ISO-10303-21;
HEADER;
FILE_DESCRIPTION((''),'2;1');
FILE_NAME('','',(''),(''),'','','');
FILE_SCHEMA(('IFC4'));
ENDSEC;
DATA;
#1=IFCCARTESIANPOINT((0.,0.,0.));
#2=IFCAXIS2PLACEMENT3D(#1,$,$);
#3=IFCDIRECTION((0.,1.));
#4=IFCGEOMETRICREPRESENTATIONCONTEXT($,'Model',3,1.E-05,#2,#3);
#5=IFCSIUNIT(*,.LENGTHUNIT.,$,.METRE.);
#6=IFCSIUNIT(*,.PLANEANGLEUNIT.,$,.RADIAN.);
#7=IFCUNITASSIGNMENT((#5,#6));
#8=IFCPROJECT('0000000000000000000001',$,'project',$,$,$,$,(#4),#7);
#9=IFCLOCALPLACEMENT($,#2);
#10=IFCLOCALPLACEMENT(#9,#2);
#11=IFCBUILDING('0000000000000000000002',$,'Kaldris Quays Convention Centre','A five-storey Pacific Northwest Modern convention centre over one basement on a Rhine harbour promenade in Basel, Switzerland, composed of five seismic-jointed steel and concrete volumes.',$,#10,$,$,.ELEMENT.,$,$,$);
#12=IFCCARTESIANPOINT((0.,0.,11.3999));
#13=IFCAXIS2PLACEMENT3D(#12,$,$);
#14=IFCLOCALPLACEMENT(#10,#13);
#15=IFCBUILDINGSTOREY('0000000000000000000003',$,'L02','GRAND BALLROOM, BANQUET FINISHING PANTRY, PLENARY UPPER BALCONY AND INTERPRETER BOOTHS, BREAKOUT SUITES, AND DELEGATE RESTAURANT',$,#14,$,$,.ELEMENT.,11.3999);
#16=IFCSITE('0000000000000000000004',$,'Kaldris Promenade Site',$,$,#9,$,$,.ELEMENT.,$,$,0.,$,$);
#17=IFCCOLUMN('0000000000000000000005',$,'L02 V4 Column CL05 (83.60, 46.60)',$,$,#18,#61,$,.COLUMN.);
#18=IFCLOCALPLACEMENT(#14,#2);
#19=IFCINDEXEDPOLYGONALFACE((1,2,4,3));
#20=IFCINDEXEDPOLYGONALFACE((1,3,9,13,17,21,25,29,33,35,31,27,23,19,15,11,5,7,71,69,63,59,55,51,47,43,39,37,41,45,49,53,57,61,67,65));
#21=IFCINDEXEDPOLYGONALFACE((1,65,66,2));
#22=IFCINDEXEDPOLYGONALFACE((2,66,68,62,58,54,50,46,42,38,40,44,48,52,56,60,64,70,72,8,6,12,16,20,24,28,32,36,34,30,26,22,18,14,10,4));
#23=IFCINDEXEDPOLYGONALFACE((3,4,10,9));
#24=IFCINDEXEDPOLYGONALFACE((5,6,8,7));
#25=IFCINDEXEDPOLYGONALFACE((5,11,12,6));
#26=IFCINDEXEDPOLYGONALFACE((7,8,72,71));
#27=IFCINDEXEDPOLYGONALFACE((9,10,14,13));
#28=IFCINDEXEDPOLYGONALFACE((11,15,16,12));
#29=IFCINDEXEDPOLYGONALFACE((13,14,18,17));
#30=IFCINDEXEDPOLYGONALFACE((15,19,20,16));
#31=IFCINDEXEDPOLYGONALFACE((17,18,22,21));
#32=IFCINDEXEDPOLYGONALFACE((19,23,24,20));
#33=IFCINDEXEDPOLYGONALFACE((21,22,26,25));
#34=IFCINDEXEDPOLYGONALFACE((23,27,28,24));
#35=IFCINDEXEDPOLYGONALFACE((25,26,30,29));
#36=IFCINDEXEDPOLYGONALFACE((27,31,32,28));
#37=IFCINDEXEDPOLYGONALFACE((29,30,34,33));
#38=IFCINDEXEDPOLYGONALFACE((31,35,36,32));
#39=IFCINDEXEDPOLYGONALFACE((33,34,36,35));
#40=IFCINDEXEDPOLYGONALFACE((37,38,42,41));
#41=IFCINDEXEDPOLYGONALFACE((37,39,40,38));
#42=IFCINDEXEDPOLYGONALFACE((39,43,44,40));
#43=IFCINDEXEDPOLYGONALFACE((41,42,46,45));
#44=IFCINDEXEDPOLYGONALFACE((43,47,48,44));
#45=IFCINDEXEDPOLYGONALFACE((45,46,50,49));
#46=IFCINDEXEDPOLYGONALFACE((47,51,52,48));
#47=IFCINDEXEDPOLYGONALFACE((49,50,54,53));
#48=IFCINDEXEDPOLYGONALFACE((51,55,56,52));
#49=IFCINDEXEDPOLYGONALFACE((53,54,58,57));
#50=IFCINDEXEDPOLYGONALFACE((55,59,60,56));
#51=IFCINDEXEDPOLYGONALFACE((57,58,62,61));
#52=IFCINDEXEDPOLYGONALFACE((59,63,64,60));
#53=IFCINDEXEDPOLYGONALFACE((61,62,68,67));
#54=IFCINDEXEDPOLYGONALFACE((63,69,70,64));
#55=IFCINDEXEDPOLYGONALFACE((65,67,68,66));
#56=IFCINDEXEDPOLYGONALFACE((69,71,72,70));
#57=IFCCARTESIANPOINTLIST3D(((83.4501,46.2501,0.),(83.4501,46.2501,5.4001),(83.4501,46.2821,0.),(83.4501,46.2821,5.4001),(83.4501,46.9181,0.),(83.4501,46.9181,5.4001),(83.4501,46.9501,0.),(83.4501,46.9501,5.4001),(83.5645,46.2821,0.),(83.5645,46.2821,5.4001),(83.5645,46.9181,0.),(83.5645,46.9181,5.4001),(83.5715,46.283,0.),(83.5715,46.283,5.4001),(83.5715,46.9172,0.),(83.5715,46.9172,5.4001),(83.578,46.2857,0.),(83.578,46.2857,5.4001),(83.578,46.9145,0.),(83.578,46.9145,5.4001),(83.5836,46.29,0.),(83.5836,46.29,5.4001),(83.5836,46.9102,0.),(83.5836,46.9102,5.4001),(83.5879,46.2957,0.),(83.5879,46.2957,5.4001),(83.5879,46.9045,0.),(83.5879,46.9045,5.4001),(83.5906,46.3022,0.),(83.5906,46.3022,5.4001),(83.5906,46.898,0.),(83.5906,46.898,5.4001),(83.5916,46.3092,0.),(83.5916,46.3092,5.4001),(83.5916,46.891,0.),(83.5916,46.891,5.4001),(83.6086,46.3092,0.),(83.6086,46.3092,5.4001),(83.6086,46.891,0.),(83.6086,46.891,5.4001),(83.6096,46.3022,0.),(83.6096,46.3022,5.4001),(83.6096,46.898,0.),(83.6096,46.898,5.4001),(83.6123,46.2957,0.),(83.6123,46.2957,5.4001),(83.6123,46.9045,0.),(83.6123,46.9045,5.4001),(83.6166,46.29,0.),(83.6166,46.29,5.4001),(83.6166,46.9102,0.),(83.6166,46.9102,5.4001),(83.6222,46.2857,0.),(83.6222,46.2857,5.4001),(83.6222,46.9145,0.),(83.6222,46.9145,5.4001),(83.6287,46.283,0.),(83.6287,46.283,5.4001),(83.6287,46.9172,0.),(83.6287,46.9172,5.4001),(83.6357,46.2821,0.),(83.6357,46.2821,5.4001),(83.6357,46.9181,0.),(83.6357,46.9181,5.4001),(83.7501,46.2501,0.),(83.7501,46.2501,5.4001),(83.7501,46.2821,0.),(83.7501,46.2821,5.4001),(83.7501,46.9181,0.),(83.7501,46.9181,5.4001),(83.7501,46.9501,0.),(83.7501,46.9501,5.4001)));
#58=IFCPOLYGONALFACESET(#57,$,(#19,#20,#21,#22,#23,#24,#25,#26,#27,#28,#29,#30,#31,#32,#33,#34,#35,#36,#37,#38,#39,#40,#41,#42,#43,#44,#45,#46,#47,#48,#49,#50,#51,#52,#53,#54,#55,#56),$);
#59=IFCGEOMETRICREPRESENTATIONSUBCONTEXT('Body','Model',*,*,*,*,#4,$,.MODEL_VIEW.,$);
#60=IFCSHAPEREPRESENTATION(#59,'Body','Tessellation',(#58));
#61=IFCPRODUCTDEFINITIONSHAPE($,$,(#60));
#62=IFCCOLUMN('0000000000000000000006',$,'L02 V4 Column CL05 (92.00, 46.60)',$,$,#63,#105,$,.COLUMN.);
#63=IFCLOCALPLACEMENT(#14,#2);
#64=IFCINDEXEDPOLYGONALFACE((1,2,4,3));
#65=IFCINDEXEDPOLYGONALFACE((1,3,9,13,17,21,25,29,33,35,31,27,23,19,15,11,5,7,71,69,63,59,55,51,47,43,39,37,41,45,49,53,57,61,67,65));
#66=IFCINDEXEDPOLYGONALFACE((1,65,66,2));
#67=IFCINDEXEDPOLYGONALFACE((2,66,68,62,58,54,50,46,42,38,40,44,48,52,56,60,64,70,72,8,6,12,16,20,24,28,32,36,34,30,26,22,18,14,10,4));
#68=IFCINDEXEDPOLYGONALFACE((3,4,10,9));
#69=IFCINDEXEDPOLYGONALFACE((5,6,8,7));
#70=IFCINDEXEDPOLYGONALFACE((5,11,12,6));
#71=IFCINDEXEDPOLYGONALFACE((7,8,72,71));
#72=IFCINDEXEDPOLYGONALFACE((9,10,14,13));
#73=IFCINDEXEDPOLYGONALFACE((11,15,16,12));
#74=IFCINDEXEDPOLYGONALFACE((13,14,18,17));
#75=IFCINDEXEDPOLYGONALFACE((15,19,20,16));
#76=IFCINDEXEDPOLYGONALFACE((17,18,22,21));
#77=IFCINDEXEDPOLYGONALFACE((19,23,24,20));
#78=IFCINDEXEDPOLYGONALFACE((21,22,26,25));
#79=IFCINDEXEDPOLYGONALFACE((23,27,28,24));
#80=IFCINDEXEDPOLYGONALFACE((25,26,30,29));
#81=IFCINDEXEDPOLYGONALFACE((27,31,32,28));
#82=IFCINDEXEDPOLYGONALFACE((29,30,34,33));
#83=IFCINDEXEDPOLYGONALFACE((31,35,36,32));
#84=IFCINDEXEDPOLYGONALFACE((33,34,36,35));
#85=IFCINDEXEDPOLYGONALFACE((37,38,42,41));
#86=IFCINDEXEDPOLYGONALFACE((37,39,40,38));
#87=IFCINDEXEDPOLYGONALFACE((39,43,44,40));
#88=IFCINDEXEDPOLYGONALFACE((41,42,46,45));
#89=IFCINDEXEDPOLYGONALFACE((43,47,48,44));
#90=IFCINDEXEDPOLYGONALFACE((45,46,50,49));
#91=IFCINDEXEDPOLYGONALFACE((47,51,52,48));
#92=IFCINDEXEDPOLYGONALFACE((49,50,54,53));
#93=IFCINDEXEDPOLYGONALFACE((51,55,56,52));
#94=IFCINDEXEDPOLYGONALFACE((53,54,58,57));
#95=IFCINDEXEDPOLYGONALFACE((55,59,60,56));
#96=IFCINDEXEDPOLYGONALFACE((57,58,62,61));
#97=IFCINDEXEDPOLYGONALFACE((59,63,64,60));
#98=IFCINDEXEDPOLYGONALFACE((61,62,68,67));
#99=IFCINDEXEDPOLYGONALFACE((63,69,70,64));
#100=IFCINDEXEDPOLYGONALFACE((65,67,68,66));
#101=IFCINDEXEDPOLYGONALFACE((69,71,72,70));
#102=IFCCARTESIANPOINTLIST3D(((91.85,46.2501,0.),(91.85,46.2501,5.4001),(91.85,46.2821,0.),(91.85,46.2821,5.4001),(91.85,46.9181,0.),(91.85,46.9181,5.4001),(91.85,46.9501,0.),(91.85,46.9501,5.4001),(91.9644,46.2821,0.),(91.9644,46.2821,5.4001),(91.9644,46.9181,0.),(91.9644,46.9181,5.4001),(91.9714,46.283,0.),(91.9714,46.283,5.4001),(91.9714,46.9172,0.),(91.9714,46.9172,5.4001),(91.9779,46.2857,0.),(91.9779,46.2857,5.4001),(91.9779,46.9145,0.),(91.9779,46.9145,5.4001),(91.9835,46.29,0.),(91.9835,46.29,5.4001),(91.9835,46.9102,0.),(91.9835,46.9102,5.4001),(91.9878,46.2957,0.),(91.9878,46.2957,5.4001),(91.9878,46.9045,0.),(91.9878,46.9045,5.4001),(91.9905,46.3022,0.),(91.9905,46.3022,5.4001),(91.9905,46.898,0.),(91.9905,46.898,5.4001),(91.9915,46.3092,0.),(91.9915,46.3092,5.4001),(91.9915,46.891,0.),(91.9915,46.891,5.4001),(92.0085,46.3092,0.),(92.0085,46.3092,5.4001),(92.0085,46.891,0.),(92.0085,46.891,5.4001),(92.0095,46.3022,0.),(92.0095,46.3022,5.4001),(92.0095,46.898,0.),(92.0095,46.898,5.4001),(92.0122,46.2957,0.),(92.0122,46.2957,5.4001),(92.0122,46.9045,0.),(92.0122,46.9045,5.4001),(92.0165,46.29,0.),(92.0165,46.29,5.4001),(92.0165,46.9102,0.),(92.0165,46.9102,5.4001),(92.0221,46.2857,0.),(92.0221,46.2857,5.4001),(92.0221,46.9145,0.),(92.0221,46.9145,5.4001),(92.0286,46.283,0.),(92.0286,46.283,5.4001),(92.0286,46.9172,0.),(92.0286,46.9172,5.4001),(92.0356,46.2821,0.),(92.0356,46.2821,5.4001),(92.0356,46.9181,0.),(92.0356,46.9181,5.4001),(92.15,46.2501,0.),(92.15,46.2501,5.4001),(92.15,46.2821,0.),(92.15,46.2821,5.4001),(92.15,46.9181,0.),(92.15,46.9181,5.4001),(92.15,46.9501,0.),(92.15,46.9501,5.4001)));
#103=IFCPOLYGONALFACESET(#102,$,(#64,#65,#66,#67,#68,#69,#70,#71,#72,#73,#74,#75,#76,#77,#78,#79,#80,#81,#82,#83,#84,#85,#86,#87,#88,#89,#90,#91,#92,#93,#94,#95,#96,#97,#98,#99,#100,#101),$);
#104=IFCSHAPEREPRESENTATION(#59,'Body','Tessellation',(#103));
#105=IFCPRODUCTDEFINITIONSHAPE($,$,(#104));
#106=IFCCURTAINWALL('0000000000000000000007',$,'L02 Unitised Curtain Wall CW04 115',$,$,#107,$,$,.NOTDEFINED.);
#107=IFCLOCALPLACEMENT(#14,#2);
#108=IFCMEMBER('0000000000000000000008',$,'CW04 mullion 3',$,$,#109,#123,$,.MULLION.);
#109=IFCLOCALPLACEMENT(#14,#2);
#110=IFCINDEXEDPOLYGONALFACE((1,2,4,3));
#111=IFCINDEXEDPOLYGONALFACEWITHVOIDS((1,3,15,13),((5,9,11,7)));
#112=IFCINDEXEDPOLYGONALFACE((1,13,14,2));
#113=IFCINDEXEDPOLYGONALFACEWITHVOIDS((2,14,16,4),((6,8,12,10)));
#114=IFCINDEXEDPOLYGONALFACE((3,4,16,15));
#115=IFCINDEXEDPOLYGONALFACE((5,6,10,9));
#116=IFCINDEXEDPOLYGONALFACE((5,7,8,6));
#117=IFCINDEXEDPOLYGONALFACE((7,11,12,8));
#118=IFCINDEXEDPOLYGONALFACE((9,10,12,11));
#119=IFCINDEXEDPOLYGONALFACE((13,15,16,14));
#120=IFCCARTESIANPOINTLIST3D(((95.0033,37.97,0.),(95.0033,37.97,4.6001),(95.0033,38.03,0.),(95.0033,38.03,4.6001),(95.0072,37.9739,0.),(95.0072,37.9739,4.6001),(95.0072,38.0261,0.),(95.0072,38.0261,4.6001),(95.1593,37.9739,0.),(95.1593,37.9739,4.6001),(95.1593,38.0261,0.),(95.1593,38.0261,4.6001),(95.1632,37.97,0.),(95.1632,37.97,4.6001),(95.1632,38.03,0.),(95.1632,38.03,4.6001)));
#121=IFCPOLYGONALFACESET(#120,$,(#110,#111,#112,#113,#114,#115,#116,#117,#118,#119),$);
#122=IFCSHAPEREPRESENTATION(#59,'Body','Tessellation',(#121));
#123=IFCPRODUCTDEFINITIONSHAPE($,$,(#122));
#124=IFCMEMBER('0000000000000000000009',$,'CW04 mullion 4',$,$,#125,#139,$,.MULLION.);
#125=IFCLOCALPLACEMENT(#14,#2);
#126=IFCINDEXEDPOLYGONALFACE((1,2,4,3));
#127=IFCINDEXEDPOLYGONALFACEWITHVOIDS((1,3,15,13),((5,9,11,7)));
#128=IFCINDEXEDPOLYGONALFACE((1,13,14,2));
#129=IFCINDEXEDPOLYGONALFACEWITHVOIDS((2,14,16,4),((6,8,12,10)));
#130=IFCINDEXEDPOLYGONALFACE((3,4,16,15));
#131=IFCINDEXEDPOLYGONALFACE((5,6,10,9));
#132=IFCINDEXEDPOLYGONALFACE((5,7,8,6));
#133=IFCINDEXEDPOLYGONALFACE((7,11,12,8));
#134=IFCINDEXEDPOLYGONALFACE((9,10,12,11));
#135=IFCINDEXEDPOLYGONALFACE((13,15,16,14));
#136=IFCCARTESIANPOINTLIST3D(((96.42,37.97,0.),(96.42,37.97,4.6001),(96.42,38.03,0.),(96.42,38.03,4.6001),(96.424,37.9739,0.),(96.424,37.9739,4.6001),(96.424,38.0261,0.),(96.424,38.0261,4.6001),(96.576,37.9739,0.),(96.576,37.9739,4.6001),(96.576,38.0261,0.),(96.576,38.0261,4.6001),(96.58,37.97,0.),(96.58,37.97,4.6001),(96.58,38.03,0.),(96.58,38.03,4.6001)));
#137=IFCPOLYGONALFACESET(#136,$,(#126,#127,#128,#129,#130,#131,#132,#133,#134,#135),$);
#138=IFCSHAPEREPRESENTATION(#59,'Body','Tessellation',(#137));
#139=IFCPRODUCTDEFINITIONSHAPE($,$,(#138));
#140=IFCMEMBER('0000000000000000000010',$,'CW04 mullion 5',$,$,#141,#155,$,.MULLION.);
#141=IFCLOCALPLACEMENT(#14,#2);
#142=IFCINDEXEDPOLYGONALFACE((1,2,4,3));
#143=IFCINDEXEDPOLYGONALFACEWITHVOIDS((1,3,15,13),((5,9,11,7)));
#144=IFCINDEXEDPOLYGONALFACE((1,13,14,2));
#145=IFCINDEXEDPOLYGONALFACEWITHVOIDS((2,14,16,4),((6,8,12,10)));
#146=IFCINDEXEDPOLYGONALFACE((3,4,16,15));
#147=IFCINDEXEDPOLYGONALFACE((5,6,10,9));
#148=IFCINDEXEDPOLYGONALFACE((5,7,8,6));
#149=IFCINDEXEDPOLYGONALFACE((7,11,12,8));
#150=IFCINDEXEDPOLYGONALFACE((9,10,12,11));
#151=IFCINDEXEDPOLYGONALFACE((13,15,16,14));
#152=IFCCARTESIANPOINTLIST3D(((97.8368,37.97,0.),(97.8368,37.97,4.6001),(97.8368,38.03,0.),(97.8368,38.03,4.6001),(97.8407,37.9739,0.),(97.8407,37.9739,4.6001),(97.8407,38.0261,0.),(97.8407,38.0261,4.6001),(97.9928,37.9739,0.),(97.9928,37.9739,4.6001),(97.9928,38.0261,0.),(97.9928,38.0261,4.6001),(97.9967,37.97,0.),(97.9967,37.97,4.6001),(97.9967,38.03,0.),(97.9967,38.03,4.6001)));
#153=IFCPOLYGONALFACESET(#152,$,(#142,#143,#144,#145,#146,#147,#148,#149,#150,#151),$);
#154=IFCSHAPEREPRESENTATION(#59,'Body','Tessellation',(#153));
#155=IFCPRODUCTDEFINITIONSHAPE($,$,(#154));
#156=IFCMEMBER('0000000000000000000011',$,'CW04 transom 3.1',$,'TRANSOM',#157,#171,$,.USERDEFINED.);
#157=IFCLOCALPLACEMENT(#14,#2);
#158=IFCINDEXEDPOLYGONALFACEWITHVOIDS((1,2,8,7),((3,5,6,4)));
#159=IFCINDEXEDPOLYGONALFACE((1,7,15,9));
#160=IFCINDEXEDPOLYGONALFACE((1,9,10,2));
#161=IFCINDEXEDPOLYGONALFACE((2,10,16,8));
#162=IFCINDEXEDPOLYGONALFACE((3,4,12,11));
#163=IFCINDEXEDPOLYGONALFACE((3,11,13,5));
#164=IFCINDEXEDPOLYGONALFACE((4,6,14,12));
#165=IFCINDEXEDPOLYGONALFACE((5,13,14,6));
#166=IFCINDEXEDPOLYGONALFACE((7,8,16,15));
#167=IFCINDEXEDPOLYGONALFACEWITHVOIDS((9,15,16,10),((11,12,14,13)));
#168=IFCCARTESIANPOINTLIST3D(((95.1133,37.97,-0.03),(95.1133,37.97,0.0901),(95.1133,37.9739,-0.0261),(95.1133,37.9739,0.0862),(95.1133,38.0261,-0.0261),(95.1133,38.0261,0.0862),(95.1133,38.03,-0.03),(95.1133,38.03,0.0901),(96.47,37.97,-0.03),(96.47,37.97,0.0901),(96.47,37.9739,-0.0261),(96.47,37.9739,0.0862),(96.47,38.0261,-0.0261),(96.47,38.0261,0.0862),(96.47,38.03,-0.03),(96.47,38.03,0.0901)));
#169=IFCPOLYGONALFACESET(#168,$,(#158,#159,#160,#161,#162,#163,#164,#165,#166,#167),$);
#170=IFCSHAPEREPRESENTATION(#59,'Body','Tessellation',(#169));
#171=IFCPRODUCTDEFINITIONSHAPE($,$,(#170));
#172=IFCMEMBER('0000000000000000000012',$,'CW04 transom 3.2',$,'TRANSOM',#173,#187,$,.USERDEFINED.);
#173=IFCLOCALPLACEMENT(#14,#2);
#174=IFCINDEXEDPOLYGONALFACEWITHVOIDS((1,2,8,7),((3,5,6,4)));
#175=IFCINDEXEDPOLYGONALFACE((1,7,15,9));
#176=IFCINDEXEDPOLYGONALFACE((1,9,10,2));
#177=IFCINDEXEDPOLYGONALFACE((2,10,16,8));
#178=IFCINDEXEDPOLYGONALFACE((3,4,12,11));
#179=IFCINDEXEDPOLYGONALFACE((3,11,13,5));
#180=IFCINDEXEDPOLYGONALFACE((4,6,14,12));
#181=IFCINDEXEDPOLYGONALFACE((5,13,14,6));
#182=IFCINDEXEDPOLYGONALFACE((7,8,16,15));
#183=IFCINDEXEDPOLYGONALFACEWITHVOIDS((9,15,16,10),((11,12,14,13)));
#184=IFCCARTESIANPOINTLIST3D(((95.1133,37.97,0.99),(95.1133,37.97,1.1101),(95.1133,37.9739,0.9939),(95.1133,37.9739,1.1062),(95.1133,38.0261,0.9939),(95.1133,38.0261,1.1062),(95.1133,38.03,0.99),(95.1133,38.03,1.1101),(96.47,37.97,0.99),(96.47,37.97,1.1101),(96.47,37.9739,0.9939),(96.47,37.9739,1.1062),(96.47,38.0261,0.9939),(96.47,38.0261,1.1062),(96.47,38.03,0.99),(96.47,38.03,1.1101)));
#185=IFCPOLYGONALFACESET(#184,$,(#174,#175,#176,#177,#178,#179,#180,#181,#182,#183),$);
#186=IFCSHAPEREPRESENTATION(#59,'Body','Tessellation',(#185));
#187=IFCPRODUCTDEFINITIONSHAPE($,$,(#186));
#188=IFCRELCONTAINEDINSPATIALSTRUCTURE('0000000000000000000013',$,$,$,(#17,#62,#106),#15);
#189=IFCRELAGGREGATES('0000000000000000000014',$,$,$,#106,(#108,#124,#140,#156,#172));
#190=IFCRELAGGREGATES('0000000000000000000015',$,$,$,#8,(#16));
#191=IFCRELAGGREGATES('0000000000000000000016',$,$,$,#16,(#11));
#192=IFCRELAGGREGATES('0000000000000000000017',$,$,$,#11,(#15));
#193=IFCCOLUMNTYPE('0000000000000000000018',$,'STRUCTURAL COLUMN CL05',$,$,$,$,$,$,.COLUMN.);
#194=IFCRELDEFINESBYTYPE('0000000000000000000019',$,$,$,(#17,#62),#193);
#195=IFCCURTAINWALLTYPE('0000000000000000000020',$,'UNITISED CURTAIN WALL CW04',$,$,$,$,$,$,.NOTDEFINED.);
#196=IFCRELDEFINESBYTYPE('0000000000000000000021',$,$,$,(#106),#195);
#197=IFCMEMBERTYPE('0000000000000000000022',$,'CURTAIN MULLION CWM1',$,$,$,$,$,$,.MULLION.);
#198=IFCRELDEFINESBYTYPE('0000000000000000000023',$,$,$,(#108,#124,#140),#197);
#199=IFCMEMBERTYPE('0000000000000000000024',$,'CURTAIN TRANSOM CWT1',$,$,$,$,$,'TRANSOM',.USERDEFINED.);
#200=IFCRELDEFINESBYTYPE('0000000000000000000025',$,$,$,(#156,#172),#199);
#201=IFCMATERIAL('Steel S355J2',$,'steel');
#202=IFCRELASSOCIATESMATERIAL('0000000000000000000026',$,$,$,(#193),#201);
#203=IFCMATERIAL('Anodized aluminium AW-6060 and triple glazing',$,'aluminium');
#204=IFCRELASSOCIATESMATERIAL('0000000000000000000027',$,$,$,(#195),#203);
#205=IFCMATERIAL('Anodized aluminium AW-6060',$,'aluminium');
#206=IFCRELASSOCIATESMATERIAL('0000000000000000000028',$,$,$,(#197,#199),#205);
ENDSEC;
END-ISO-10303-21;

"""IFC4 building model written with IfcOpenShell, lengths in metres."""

from ifc_helpers import new_model, si_unit, direction, frame, origin, origin_2d, place, context, subcontext, project, spatial, hollow_rectangle, i_section, extrude, material, material_profile, profile_set, type_object, element, aggregate, save


model = new_model("IFC4")

# Units and contexts
model_context = context("Model", 3, precision=1e-05, world=origin(), true_north=direction((0.0, 1.0)))
body_context = subcontext(model_context, "Body", "Model", "MODEL_VIEW")
ifc_project = project(units=[si_unit("LENGTHUNIT", "METRE"), si_unit("PLANEANGLEUNIT", "RADIAN")], contexts=[model_context])

# Site, building, storey
site_placement = place(None, origin())
site = spatial("IfcSite", under=ifc_project, at=site_placement, Name="Kaldris Promenade Site", CompositionType="ELEMENT", RefElevation=0.0)
building_placement = place(site_placement, origin())
building = spatial("IfcBuilding", under=site, at=building_placement, Name="Kaldris Quays Convention Centre", Description="A five-storey Pacific Northwest Modern convention centre over one basement on a Rhine harbour promenade in Basel, Switzerland, composed of five seismic-jointed steel and concrete volumes.", CompositionType="ELEMENT")
storey_placement = place(building_placement, frame((0.0, 0.0, 11.3999)))
storey = spatial("IfcBuildingStorey", under=building, at=storey_placement, Name="L02", Description="GRAND BALLROOM, BANQUET FINISHING PANTRY, PLENARY UPPER BALCONY AND INTERPRETER BOOTHS, BREAKOUT SUITES, AND DELEGATE RESTAURANT", CompositionType="ELEMENT", Elevation=11.3999)

# Columns
ifc_material_1 = material(Name="Steel S355J2", Category="steel")
ifc_material_profile_1 = material_profile(ifc_material_1, i_section(OverallWidth=0.3, OverallDepth=0.7, WebThickness=0.0171, FlangeThickness=0.032, FilletRadius=0.0271, at=origin_2d()), Name="HEB 700")
ifc_profile_set_1 = profile_set([ifc_material_profile_1], Name="Steel S355J2")
column_type = type_object("IfcColumnType", Name="STRUCTURAL COLUMN CL05", PredefinedType="COLUMN", material=ifc_profile_set_1)
for number, where, z_axis, x_axis, name in (
    (1, (83.6001, 46.6001, 0.0), (0.0, 0.0, 1.0), (1.0, 0.0, 0.0), "L02 V4 Column CL05 (83.60, 46.60)"),
    (2, (92.0, 46.6001, 0.0), (0.0, 0.0, 1.0), (1.0, 0.0, 0.0), "L02 V4 Column CL05 (92.00, 46.60)"),
):
    element("IfcColumn", number, at=place(storey_placement, frame(where, z_axis=z_axis, x_axis=x_axis)), inside=storey, type_object=column_type, Name=name, PredefinedType="COLUMN", context=body_context, shape_type="SweptSolid", body=[
        extrude(i_section(OverallWidth=0.3, OverallDepth=0.7, WebThickness=0.0171, FlangeThickness=0.032, FilletRadius=0.0271, at=origin_2d()), origin(), (0.0, 0.0, 1.0), 5.4001),
    ])

# Curtain wall, members
ifc_material_2 = material(Name="Anodized aluminium AW-6060 and triple glazing", Category="aluminium")
curtain_wall_type = type_object("IfcCurtainWallType", Name="UNITISED CURTAIN WALL CW04", PredefinedType="NOTDEFINED", material=ifc_material_2)
curtain_wall_placement = place(storey_placement, origin())
curtain_wall = element("IfcCurtainWall", 3, at=curtain_wall_placement, inside=storey, type_object=curtain_wall_type, Name="L02 Unitised Curtain Wall CW04 115", PredefinedType="NOTDEFINED")
ifc_material_3 = material(Name="Anodized aluminium AW-6060", Category="aluminium")
ifc_material_profile_2 = material_profile(ifc_material_3, hollow_rectangle(XDim=0.0601, YDim=0.1599, WallThickness=0.0039, at=origin_2d()), Name="RHS 160x60x4")
ifc_profile_set_2 = profile_set([ifc_material_profile_2], Name="Anodized aluminium AW-6060")
member_type_1 = type_object("IfcMemberType", Name="CURTAIN MULLION CWM1", PredefinedType="MULLION", material=ifc_profile_set_2)
member_1_placement = place(storey_placement, frame((95.0833, 38.0, 0.0), z_axis=(0.0, 0.0, 1.0), x_axis=(0.0, 1.0, 0.0)))
member_1 = element("IfcMember", 4, at=member_1_placement, type_object=member_type_1, Name="CW04 mullion 3", PredefinedType="MULLION", context=body_context, shape_type="SweptSolid", body=[
    extrude(hollow_rectangle(XDim=0.0601, YDim=0.1599, WallThickness=0.0039, at=origin_2d()), origin(), (0.0, 0.0, 1.0), 4.6001),
])
member_2_placement = place(storey_placement, frame((96.5, 38.0, 0.0), z_axis=(0.0, 0.0, 1.0), x_axis=(0.0, 1.0, 0.0)))
member_2 = element("IfcMember", 5, at=member_2_placement, type_object=member_type_1, Name="CW04 mullion 4", PredefinedType="MULLION", context=body_context, shape_type="SweptSolid", body=[
    extrude(hollow_rectangle(XDim=0.0601, YDim=0.1599, WallThickness=0.0039, at=origin_2d()), origin(), (0.0, 0.0, 1.0), 4.6001),
])
member_3_placement = place(storey_placement, frame((97.9167, 38.0, 0.0), z_axis=(0.0, 0.0, 1.0), x_axis=(0.0, 1.0, 0.0)))
member_3 = element("IfcMember", 6, at=member_3_placement, type_object=member_type_1, Name="CW04 mullion 5", PredefinedType="MULLION", context=body_context, shape_type="SweptSolid", body=[
    extrude(hollow_rectangle(XDim=0.0601, YDim=0.1599, WallThickness=0.0039, at=origin_2d()), origin(), (0.0, 0.0, 1.0), 4.6001),
])
ifc_material_profile_3 = material_profile(ifc_material_3, hollow_rectangle(XDim=0.0601, YDim=0.1201, WallThickness=0.0039, at=origin_2d()), Name="RHS 120x60x4")
ifc_profile_set_3 = profile_set([ifc_material_profile_3], Name="Anodized aluminium AW-6060")
member_type_2 = type_object("IfcMemberType", Name="CURTAIN TRANSOM CWT1", ElementType="TRANSOM", PredefinedType="USERDEFINED", material=ifc_profile_set_3)
member_4_placement = place(storey_placement, frame((95.1133, 38.0, 0.03), z_axis=(1.0, 0.0, 0.0), x_axis=(0.0, 1.0, 0.0)))
member_4 = element("IfcMember", 7, at=member_4_placement, type_object=member_type_2, Name="CW04 transom 3.1", ObjectType="TRANSOM", PredefinedType="USERDEFINED", context=body_context, shape_type="SweptSolid", body=[
    extrude(hollow_rectangle(XDim=0.0601, YDim=0.1201, WallThickness=0.0039, at=origin_2d()), origin(), (0.0, 0.0, 1.0), 1.3567),
])
member_5_placement = place(storey_placement, frame((95.1133, 38.0, 1.05), z_axis=(1.0, 0.0, 0.0), x_axis=(0.0, 1.0, 0.0)))
member_5 = element("IfcMember", 8, at=member_5_placement, type_object=member_type_2, Name="CW04 transom 3.2", ObjectType="TRANSOM", PredefinedType="USERDEFINED", context=body_context, shape_type="SweptSolid", body=[
    extrude(hollow_rectangle(XDim=0.0601, YDim=0.1201, WallThickness=0.0039, at=origin_2d()), origin(), (0.0, 0.0, 1.0), 1.3567),
])

aggregate(curtain_wall, [member_1, member_2, member_3, member_4, member_5])

save(model, "model.ifc")
